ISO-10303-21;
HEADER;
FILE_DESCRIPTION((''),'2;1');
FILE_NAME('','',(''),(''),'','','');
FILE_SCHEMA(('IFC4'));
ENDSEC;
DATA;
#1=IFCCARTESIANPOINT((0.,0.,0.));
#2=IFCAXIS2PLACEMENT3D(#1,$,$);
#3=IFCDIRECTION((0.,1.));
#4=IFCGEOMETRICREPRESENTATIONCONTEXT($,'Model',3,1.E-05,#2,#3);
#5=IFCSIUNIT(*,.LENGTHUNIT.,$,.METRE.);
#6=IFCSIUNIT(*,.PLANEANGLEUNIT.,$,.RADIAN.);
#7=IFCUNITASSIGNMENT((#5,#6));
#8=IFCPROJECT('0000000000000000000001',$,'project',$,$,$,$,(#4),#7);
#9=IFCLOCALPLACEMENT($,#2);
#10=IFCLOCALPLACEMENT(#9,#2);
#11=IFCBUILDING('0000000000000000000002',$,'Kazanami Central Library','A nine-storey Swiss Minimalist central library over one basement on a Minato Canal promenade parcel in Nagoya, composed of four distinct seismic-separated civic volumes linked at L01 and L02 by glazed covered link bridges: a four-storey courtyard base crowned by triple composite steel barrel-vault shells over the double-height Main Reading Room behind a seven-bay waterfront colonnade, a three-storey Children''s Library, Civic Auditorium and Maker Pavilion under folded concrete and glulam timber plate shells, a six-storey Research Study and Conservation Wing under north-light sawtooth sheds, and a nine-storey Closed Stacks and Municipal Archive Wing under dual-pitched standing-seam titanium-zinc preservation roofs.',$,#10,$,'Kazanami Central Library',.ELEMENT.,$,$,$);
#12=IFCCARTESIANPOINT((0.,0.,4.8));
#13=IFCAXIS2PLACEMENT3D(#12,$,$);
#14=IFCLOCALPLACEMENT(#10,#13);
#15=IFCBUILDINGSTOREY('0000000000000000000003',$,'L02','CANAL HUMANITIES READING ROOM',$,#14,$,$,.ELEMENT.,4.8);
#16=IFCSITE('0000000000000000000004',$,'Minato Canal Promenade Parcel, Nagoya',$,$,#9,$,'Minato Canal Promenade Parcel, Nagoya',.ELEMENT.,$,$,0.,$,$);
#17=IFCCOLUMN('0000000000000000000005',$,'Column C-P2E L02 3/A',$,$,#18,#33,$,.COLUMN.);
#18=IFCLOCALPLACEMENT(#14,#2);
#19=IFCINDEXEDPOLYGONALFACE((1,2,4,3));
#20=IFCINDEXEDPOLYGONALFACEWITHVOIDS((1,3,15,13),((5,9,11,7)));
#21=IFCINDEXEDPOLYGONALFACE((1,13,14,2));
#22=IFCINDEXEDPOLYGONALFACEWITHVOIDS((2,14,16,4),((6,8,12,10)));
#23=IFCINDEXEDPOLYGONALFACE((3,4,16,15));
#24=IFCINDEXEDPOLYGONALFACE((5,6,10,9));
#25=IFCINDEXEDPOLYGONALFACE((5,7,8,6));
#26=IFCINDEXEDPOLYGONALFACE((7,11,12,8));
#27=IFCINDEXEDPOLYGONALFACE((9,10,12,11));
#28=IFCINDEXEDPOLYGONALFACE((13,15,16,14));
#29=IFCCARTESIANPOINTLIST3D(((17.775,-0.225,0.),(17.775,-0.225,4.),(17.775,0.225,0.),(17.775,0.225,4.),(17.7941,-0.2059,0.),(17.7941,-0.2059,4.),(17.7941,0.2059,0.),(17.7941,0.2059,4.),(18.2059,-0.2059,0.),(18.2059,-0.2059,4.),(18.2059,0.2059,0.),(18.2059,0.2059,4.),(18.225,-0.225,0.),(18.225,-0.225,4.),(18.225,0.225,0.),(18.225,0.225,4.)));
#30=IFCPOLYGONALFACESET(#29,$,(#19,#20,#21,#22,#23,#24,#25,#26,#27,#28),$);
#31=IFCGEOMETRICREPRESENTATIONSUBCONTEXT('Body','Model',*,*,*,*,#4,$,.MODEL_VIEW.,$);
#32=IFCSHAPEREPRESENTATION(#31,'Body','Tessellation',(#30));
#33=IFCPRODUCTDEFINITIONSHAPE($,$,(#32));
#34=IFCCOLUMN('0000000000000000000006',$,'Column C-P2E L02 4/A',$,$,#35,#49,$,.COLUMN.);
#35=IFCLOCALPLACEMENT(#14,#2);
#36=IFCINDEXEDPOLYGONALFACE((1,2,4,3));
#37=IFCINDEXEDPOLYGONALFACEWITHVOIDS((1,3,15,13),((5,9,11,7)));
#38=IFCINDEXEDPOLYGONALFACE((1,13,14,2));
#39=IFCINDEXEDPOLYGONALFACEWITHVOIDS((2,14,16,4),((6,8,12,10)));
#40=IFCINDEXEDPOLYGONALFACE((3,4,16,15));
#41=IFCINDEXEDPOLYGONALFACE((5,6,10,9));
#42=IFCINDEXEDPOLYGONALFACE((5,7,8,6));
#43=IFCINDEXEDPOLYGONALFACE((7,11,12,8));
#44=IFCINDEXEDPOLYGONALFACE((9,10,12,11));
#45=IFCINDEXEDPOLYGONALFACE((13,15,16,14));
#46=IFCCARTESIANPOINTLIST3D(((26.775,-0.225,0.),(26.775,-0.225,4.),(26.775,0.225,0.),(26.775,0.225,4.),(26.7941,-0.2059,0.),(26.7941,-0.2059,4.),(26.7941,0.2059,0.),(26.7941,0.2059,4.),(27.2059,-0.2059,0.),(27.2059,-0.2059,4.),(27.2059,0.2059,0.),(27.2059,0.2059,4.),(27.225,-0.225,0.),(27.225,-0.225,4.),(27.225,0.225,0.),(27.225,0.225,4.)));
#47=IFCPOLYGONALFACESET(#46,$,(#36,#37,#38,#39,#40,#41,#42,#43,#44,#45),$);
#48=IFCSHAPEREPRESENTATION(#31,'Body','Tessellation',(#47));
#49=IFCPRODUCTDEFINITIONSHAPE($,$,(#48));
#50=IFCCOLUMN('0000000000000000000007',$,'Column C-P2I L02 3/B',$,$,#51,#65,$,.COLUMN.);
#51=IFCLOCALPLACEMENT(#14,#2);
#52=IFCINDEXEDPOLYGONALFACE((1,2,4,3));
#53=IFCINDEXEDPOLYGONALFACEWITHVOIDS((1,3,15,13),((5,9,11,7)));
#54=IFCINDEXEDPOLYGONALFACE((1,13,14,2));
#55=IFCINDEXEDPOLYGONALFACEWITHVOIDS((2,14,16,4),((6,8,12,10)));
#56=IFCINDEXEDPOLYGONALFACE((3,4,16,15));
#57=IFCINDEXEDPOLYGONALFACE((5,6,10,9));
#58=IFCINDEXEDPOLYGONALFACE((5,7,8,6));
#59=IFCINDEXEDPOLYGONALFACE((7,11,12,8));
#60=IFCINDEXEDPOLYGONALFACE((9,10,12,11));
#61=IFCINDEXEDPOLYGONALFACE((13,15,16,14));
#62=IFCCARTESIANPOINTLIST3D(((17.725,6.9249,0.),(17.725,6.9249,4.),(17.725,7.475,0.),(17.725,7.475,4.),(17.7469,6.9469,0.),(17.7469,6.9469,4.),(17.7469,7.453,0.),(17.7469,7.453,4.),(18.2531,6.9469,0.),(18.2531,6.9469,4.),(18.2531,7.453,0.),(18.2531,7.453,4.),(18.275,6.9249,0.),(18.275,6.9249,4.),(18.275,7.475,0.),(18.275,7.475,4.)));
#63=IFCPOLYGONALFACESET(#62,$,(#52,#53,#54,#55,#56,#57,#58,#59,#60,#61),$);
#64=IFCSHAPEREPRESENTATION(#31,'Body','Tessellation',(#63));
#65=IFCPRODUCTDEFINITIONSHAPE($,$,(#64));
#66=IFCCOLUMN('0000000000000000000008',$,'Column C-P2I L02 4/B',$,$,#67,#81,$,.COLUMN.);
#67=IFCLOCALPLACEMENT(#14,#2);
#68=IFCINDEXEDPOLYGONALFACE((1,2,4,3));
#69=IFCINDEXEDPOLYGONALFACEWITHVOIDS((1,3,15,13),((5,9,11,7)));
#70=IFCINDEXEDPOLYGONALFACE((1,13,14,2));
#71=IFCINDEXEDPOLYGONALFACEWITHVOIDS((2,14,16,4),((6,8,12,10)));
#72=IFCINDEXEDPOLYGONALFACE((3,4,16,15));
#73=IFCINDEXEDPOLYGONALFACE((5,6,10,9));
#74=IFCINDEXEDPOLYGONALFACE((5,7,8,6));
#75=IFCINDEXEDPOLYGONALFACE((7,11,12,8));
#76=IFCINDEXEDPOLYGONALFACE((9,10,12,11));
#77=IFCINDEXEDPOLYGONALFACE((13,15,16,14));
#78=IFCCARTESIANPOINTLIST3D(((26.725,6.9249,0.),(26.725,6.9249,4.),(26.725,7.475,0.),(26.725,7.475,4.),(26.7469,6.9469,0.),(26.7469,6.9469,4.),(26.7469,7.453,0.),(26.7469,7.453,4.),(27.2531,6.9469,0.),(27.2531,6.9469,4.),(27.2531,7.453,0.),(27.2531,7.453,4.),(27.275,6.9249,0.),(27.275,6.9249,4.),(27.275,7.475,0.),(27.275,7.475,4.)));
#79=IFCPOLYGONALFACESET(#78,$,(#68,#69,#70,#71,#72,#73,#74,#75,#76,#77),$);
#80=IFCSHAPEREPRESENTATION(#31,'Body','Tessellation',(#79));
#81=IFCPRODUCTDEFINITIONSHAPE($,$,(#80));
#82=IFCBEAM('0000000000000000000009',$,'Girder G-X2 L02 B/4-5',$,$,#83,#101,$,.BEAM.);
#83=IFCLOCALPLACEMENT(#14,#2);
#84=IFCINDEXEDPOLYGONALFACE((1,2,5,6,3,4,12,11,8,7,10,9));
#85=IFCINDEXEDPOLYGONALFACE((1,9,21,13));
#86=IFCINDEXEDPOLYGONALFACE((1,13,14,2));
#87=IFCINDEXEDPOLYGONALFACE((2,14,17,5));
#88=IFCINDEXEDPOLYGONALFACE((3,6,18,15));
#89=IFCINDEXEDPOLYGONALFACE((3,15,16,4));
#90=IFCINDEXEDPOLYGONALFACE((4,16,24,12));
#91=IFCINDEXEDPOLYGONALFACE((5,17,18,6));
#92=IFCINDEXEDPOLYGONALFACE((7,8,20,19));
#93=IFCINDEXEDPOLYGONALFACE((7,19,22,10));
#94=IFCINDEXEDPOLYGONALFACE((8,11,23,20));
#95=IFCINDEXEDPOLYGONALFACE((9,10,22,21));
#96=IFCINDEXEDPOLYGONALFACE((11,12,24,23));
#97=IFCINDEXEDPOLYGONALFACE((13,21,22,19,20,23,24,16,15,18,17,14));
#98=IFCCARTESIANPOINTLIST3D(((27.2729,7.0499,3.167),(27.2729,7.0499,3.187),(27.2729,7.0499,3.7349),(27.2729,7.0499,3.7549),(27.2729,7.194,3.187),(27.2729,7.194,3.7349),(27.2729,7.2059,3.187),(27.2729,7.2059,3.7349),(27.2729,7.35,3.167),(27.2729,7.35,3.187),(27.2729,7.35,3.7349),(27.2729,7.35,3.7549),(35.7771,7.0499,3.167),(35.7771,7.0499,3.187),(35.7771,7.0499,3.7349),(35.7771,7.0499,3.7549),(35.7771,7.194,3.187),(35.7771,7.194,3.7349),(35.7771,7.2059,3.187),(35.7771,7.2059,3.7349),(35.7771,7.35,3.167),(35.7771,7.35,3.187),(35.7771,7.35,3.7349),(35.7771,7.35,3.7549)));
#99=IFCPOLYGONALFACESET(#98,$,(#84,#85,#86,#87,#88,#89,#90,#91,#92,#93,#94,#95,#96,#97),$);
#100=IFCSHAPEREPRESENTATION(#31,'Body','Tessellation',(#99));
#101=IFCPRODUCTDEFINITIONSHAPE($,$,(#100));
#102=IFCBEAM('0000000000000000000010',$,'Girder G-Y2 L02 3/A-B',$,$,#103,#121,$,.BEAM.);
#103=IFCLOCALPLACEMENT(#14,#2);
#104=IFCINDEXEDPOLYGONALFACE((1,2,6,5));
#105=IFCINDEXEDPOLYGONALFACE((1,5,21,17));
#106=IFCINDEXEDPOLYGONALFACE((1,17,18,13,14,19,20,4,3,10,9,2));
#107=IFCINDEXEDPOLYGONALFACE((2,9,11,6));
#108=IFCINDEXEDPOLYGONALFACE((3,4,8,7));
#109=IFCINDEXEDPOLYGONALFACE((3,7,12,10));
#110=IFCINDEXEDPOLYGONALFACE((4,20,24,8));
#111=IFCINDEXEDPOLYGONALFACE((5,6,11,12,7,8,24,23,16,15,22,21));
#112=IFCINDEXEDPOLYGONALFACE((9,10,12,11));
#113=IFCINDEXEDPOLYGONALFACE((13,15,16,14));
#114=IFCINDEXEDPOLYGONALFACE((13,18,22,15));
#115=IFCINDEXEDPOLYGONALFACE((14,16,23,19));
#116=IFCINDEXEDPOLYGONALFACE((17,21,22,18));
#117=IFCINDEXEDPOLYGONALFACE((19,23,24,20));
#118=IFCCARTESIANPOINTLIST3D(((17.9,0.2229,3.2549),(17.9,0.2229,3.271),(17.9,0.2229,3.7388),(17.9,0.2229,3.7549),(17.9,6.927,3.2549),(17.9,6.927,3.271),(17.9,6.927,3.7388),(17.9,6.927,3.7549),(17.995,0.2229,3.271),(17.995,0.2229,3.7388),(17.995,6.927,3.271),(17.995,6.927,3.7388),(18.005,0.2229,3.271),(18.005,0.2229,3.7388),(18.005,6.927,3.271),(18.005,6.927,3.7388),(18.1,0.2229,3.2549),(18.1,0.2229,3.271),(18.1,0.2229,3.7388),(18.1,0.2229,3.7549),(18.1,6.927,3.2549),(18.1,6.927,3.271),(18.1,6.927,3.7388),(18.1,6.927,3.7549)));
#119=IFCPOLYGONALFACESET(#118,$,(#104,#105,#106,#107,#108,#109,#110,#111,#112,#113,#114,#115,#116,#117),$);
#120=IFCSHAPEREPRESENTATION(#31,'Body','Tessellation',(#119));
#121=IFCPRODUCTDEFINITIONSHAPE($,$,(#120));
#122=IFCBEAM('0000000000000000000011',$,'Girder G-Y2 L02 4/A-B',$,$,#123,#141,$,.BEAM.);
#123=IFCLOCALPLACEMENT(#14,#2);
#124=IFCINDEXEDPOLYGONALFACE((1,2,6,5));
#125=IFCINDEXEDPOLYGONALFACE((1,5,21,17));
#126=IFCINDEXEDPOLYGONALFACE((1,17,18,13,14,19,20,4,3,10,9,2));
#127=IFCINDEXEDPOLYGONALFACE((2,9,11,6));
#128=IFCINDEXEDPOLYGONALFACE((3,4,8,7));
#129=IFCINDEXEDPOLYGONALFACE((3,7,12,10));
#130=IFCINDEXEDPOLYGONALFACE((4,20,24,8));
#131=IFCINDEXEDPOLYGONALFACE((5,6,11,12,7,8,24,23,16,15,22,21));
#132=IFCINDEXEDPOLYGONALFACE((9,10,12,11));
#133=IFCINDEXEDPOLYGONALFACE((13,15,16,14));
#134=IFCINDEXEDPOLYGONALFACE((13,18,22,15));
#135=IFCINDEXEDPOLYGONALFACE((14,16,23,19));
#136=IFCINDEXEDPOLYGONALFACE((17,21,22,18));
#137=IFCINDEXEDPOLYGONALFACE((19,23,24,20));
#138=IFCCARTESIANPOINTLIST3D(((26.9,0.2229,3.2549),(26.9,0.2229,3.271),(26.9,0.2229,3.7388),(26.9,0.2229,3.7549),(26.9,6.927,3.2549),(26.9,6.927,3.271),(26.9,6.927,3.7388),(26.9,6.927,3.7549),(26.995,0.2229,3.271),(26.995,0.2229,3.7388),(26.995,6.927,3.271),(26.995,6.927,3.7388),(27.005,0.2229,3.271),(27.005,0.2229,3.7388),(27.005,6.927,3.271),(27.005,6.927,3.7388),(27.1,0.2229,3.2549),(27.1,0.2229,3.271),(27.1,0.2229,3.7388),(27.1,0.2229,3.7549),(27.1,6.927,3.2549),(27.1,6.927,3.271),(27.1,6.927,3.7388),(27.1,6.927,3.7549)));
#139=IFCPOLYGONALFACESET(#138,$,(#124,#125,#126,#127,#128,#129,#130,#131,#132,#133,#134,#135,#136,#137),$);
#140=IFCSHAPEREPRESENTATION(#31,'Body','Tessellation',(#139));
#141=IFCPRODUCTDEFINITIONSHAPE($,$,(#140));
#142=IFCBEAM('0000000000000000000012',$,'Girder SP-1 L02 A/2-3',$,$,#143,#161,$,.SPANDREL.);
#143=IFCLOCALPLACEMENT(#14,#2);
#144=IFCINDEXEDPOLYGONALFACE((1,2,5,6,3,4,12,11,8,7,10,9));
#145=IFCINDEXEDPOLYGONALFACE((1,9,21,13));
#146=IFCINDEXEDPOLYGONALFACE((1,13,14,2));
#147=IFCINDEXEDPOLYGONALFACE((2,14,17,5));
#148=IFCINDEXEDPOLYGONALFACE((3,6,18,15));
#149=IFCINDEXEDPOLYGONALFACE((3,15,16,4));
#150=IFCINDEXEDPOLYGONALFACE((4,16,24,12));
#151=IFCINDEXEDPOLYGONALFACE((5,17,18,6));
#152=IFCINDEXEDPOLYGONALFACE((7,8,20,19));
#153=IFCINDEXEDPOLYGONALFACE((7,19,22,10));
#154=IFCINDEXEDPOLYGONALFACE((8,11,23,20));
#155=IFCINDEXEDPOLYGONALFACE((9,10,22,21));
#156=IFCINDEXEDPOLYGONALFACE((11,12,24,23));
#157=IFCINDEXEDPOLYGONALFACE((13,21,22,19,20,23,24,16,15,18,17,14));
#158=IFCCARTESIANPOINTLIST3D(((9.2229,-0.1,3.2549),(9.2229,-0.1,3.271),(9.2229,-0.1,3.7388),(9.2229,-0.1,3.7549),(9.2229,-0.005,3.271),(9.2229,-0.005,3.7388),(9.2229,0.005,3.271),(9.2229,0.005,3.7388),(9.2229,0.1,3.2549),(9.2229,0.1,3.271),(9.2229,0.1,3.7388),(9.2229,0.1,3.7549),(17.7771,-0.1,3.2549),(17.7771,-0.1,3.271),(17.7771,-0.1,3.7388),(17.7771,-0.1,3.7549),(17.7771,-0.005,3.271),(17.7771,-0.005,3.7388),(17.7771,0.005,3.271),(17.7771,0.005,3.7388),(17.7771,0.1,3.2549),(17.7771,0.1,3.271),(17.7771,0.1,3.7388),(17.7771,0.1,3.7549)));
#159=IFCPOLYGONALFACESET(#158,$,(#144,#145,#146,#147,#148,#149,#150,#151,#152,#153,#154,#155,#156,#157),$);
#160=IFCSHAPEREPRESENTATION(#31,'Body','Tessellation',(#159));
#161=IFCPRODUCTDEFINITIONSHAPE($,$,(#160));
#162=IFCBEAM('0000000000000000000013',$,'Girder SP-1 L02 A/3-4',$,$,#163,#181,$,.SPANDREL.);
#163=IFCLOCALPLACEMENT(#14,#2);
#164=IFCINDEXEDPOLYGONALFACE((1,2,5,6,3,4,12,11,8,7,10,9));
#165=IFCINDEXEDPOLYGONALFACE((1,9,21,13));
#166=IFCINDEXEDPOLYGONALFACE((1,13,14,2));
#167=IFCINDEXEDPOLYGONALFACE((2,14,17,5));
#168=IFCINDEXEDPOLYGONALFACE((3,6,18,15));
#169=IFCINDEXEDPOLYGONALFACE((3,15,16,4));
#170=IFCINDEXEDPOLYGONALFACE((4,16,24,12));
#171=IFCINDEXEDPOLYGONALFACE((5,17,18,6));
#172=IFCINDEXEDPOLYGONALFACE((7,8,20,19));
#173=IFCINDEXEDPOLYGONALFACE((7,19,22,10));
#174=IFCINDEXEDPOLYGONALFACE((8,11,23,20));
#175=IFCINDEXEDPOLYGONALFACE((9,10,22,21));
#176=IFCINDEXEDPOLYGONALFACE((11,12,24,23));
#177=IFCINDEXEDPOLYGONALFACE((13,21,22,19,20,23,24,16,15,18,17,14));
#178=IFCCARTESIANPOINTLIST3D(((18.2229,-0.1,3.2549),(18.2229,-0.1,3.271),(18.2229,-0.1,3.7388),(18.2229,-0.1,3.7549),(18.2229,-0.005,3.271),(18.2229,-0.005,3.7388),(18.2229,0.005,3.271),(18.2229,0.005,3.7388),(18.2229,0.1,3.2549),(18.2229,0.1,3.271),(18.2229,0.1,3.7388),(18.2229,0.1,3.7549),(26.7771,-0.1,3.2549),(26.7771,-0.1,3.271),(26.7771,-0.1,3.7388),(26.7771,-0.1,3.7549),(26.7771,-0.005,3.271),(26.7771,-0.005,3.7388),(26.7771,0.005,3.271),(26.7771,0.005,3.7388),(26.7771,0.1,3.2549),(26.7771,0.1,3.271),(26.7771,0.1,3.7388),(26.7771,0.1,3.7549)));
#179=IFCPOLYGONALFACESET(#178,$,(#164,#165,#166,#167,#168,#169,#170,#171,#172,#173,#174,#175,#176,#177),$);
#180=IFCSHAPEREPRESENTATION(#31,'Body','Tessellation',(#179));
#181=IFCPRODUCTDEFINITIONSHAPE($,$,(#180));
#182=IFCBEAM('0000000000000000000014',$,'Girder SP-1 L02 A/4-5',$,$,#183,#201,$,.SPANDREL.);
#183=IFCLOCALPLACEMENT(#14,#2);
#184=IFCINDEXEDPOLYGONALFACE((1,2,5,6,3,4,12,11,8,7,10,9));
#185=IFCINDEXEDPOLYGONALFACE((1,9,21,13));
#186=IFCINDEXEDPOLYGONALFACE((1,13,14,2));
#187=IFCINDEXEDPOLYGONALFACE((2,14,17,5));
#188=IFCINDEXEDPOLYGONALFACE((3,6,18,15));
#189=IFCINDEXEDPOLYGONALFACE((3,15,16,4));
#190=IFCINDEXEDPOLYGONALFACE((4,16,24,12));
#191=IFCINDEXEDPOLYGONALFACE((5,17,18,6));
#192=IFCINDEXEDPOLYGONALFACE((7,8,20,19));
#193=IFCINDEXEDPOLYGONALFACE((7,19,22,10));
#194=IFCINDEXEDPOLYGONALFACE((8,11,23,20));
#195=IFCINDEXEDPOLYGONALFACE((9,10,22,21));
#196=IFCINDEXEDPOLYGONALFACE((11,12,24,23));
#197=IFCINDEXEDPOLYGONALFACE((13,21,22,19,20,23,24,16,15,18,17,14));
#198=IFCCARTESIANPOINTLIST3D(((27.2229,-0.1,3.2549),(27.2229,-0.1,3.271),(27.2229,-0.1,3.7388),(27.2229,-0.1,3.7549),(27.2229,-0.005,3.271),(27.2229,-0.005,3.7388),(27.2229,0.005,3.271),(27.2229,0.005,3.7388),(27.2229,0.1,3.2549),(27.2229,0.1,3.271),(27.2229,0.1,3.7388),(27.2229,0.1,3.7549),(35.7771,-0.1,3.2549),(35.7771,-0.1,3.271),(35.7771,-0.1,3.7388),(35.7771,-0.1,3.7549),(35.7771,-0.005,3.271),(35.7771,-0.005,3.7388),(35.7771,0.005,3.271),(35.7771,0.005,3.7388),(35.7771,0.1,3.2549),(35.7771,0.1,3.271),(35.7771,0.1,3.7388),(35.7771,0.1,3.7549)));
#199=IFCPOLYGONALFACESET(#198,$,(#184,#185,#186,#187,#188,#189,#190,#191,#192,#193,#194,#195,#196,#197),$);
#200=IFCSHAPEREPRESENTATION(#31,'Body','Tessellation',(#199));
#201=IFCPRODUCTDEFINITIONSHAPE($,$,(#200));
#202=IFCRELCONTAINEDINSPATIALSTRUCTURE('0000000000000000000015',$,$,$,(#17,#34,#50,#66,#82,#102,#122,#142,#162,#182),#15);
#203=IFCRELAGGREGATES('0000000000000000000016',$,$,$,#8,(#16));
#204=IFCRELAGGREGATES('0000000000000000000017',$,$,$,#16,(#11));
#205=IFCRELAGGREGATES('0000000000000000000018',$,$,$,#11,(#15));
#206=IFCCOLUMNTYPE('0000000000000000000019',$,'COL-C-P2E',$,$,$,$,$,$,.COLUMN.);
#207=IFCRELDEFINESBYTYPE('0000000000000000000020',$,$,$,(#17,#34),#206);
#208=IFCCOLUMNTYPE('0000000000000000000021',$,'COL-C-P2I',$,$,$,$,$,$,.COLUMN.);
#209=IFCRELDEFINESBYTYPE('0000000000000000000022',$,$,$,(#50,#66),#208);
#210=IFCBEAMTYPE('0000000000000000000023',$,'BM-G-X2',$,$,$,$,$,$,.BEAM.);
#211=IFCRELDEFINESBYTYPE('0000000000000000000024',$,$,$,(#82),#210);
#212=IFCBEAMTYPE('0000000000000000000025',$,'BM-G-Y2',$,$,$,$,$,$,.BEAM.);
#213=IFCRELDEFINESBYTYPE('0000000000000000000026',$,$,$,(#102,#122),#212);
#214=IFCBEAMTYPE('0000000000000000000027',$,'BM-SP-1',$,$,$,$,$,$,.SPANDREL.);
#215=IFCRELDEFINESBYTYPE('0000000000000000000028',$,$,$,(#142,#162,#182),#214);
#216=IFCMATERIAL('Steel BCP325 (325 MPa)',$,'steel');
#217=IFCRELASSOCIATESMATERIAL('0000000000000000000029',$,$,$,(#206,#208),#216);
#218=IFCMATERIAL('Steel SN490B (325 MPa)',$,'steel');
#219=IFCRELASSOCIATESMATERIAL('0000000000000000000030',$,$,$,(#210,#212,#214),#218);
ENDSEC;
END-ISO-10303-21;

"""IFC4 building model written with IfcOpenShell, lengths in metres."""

from ifc_helpers import new_model, si_unit, direction, frame, origin, origin_2d, place, context, subcontext, project, spatial, hollow_rectangle, i_section, extrude, material, material_profile, profile_set, type_object, element, save


model = new_model("IFC4")

# Units and contexts
model_context = context("Model", 3, precision=1e-05, world=origin(), true_north=direction((0.0, 1.0)))
body_context = subcontext(model_context, "Body", "Model", "MODEL_VIEW")
ifc_project = project(units=[si_unit("LENGTHUNIT", "METRE"), si_unit("PLANEANGLEUNIT", "RADIAN")], contexts=[model_context])

# Site, building, storey
site_placement = place(None, origin())
site = spatial("IfcSite", under=ifc_project, at=site_placement, Name="Minato Canal Promenade Parcel, Nagoya", LongName="Minato Canal Promenade Parcel, Nagoya", CompositionType="ELEMENT", RefElevation=0.0)
building_placement = place(site_placement, origin())
building = spatial("IfcBuilding", under=site, at=building_placement, Name="Kazanami Central Library", Description="A nine-storey Swiss Minimalist central library over one basement on a Minato Canal promenade parcel in Nagoya, composed of four distinct seismic-separated civic volumes linked at L01 and L02 by glazed covered link bridges: a four-storey courtyard base crowned by triple composite steel barrel-vault shells over the double-height Main Reading Room behind a seven-bay waterfront colonnade, a three-storey Children's Library, Civic Auditorium and Maker Pavilion under folded concrete and glulam timber plate shells, a six-storey Research Study and Conservation Wing under north-light sawtooth sheds, and a nine-storey Closed Stacks and Municipal Archive Wing under dual-pitched standing-seam titanium-zinc preservation roofs.", LongName="Kazanami Central Library", CompositionType="ELEMENT")
storey_placement = place(building_placement, frame((0.0, 0.0, 4.8)))
storey = spatial("IfcBuildingStorey", under=building, at=storey_placement, Name="L02", Description="CANAL HUMANITIES READING ROOM", CompositionType="ELEMENT", Elevation=4.8)

# Columns
ifc_material_1 = material(Name="Steel BCP325 (325 MPa)", Category="steel")
ifc_material_profile_1 = material_profile(ifc_material_1, hollow_rectangle(XDim=0.45, YDim=0.45, WallThickness=0.019, at=origin_2d()), Name="BCP-450x450x19")
ifc_profile_set_1 = profile_set([ifc_material_profile_1], Name="Steel BCP325 (325 MPa)")
column_type_1 = type_object("IfcColumnType", Name="COL-C-P2E", PredefinedType="COLUMN", material=ifc_profile_set_1)
for number, where, z_axis, x_axis, name in (
    (1, (18.0, 0.0, 0.0), (0.0, 0.0, 1.0), (1.0, 0.0, 0.0), "Column C-P2E L02 3/A"),
    (2, (27.0, 0.0, 0.0), (0.0, 0.0, 1.0), (1.0, 0.0, 0.0), "Column C-P2E L02 4/A"),
):
    element("IfcColumn", number, at=place(storey_placement, frame(where, z_axis=z_axis, x_axis=x_axis)), inside=storey, type_object=column_type_1, Name=name, PredefinedType="COLUMN", context=body_context, shape_type="SweptSolid", body=[
        extrude(hollow_rectangle(XDim=0.45, YDim=0.45, WallThickness=0.019, at=origin_2d()), origin(), (0.0, 0.0, 1.0), 4.0),
    ])
ifc_material_profile_2 = material_profile(ifc_material_1, hollow_rectangle(XDim=0.55, YDim=0.55, WallThickness=0.022, at=origin_2d()), Name="BCP-550x550x22")
ifc_profile_set_2 = profile_set([ifc_material_profile_2], Name="Steel BCP325 (325 MPa)")
column_type_2 = type_object("IfcColumnType", Name="COL-C-P2I", PredefinedType="COLUMN", material=ifc_profile_set_2)
for number, where, z_axis, x_axis, name in (
    (3, (18.0, 7.2, 0.0), (0.0, 0.0, 1.0), (1.0, 0.0, 0.0), "Column C-P2I L02 3/B"),
    (4, (27.0, 7.2, 0.0), (0.0, 0.0, 1.0), (1.0, 0.0, 0.0), "Column C-P2I L02 4/B"),
):
    element("IfcColumn", number, at=place(storey_placement, frame(where, z_axis=z_axis, x_axis=x_axis)), inside=storey, type_object=column_type_2, Name=name, PredefinedType="COLUMN", context=body_context, shape_type="SweptSolid", body=[
        extrude(hollow_rectangle(XDim=0.55, YDim=0.55, WallThickness=0.022, at=origin_2d()), origin(), (0.0, 0.0, 1.0), 4.0),
    ])

# Beams
ifc_material_2 = material(Name="Steel SN490B (325 MPa)", Category="steel")
ifc_material_profile_3 = material_profile(ifc_material_2, i_section(OverallWidth=0.3, OverallDepth=0.5879, WebThickness=0.012, FlangeThickness=0.02, at=origin_2d()), Name="H-588x300x12x20")
ifc_profile_set_3 = profile_set([ifc_material_profile_3], Name="Steel SN490B (325 MPa)")
beam_type_1 = type_object("IfcBeamType", Name="BM-G-X2", PredefinedType="BEAM", material=ifc_profile_set_3)
beam_placement = place(storey_placement, frame((27.2729, 7.2, 3.4609), z_axis=(1.0, 0.0, 0.0), x_axis=(0.0, 1.0, 0.0)))
element("IfcBeam", 5, at=beam_placement, inside=storey, type_object=beam_type_1, Name="Girder G-X2 L02 B/4-5", PredefinedType="BEAM", context=body_context, shape_type="SweptSolid", body=[
    extrude(i_section(OverallWidth=0.3, OverallDepth=0.5879, WebThickness=0.012, FlangeThickness=0.02, at=origin_2d()), origin(), (0.0, 0.0, 1.0), 8.5042),
])
ifc_material_profile_4 = material_profile(ifc_material_2, i_section(OverallWidth=0.2, OverallDepth=0.5, WebThickness=0.01, FlangeThickness=0.0161, at=origin_2d()), Name="H-500x200x10x16")
ifc_profile_set_4 = profile_set([ifc_material_profile_4], Name="Steel SN490B (325 MPa)")
beam_type_2 = type_object("IfcBeamType", Name="BM-G-Y2", PredefinedType="BEAM", material=ifc_profile_set_4)
for number, where, z_axis, x_axis, name in (
    (6, (18.0, 0.2229, 3.5049), (0.0, 1.0, 0.0), (-1.0, 0.0, 0.0), "Girder G-Y2 L02 3/A-B"),
    (7, (27.0, 0.2229, 3.5049), (0.0, 1.0, 0.0), (-1.0, 0.0, 0.0), "Girder G-Y2 L02 4/A-B"),
):
    element("IfcBeam", number, at=place(storey_placement, frame(where, z_axis=z_axis, x_axis=x_axis)), inside=storey, type_object=beam_type_2, Name=name, PredefinedType="BEAM", context=body_context, shape_type="SweptSolid", body=[
        extrude(i_section(OverallWidth=0.2, OverallDepth=0.5, WebThickness=0.01, FlangeThickness=0.0161, at=origin_2d()), origin(), (0.0, 0.0, 1.0), 6.7041),
    ])
ifc_material_profile_5 = material_profile(ifc_material_2, i_section(OverallWidth=0.2, OverallDepth=0.5, WebThickness=0.01, FlangeThickness=0.0161, at=origin_2d()), Name="H-500x200x10x16")
ifc_profile_set_5 = profile_set([ifc_material_profile_5], Name="Steel SN490B (325 MPa)")
beam_type_3 = type_object("IfcBeamType", Name="BM-SP-1", PredefinedType="SPANDREL", material=ifc_profile_set_5)
for number, where, z_axis, x_axis, name in (
    (8, (9.2229, 0.0, 3.5049), (1.0, 0.0, 0.0), (0.0, 1.0, 0.0), "Girder SP-1 L02 A/2-3"),
    (9, (18.2229, 0.0, 3.5049), (1.0, 0.0, 0.0), (0.0, 1.0, 0.0), "Girder SP-1 L02 A/3-4"),
    (10, (27.2229, 0.0, 3.5049), (1.0, 0.0, 0.0), (0.0, 1.0, 0.0), "Girder SP-1 L02 A/4-5"),
):
    element("IfcBeam", number, at=place(storey_placement, frame(where, z_axis=z_axis, x_axis=x_axis)), inside=storey, type_object=beam_type_3, Name=name, PredefinedType="SPANDREL", context=body_context, shape_type="SweptSolid", body=[
        extrude(i_section(OverallWidth=0.2, OverallDepth=0.5, WebThickness=0.01, FlangeThickness=0.0161, at=origin_2d()), origin(), (0.0, 0.0, 1.0), 8.5542),
    ])

save(model, "model.ifc")
